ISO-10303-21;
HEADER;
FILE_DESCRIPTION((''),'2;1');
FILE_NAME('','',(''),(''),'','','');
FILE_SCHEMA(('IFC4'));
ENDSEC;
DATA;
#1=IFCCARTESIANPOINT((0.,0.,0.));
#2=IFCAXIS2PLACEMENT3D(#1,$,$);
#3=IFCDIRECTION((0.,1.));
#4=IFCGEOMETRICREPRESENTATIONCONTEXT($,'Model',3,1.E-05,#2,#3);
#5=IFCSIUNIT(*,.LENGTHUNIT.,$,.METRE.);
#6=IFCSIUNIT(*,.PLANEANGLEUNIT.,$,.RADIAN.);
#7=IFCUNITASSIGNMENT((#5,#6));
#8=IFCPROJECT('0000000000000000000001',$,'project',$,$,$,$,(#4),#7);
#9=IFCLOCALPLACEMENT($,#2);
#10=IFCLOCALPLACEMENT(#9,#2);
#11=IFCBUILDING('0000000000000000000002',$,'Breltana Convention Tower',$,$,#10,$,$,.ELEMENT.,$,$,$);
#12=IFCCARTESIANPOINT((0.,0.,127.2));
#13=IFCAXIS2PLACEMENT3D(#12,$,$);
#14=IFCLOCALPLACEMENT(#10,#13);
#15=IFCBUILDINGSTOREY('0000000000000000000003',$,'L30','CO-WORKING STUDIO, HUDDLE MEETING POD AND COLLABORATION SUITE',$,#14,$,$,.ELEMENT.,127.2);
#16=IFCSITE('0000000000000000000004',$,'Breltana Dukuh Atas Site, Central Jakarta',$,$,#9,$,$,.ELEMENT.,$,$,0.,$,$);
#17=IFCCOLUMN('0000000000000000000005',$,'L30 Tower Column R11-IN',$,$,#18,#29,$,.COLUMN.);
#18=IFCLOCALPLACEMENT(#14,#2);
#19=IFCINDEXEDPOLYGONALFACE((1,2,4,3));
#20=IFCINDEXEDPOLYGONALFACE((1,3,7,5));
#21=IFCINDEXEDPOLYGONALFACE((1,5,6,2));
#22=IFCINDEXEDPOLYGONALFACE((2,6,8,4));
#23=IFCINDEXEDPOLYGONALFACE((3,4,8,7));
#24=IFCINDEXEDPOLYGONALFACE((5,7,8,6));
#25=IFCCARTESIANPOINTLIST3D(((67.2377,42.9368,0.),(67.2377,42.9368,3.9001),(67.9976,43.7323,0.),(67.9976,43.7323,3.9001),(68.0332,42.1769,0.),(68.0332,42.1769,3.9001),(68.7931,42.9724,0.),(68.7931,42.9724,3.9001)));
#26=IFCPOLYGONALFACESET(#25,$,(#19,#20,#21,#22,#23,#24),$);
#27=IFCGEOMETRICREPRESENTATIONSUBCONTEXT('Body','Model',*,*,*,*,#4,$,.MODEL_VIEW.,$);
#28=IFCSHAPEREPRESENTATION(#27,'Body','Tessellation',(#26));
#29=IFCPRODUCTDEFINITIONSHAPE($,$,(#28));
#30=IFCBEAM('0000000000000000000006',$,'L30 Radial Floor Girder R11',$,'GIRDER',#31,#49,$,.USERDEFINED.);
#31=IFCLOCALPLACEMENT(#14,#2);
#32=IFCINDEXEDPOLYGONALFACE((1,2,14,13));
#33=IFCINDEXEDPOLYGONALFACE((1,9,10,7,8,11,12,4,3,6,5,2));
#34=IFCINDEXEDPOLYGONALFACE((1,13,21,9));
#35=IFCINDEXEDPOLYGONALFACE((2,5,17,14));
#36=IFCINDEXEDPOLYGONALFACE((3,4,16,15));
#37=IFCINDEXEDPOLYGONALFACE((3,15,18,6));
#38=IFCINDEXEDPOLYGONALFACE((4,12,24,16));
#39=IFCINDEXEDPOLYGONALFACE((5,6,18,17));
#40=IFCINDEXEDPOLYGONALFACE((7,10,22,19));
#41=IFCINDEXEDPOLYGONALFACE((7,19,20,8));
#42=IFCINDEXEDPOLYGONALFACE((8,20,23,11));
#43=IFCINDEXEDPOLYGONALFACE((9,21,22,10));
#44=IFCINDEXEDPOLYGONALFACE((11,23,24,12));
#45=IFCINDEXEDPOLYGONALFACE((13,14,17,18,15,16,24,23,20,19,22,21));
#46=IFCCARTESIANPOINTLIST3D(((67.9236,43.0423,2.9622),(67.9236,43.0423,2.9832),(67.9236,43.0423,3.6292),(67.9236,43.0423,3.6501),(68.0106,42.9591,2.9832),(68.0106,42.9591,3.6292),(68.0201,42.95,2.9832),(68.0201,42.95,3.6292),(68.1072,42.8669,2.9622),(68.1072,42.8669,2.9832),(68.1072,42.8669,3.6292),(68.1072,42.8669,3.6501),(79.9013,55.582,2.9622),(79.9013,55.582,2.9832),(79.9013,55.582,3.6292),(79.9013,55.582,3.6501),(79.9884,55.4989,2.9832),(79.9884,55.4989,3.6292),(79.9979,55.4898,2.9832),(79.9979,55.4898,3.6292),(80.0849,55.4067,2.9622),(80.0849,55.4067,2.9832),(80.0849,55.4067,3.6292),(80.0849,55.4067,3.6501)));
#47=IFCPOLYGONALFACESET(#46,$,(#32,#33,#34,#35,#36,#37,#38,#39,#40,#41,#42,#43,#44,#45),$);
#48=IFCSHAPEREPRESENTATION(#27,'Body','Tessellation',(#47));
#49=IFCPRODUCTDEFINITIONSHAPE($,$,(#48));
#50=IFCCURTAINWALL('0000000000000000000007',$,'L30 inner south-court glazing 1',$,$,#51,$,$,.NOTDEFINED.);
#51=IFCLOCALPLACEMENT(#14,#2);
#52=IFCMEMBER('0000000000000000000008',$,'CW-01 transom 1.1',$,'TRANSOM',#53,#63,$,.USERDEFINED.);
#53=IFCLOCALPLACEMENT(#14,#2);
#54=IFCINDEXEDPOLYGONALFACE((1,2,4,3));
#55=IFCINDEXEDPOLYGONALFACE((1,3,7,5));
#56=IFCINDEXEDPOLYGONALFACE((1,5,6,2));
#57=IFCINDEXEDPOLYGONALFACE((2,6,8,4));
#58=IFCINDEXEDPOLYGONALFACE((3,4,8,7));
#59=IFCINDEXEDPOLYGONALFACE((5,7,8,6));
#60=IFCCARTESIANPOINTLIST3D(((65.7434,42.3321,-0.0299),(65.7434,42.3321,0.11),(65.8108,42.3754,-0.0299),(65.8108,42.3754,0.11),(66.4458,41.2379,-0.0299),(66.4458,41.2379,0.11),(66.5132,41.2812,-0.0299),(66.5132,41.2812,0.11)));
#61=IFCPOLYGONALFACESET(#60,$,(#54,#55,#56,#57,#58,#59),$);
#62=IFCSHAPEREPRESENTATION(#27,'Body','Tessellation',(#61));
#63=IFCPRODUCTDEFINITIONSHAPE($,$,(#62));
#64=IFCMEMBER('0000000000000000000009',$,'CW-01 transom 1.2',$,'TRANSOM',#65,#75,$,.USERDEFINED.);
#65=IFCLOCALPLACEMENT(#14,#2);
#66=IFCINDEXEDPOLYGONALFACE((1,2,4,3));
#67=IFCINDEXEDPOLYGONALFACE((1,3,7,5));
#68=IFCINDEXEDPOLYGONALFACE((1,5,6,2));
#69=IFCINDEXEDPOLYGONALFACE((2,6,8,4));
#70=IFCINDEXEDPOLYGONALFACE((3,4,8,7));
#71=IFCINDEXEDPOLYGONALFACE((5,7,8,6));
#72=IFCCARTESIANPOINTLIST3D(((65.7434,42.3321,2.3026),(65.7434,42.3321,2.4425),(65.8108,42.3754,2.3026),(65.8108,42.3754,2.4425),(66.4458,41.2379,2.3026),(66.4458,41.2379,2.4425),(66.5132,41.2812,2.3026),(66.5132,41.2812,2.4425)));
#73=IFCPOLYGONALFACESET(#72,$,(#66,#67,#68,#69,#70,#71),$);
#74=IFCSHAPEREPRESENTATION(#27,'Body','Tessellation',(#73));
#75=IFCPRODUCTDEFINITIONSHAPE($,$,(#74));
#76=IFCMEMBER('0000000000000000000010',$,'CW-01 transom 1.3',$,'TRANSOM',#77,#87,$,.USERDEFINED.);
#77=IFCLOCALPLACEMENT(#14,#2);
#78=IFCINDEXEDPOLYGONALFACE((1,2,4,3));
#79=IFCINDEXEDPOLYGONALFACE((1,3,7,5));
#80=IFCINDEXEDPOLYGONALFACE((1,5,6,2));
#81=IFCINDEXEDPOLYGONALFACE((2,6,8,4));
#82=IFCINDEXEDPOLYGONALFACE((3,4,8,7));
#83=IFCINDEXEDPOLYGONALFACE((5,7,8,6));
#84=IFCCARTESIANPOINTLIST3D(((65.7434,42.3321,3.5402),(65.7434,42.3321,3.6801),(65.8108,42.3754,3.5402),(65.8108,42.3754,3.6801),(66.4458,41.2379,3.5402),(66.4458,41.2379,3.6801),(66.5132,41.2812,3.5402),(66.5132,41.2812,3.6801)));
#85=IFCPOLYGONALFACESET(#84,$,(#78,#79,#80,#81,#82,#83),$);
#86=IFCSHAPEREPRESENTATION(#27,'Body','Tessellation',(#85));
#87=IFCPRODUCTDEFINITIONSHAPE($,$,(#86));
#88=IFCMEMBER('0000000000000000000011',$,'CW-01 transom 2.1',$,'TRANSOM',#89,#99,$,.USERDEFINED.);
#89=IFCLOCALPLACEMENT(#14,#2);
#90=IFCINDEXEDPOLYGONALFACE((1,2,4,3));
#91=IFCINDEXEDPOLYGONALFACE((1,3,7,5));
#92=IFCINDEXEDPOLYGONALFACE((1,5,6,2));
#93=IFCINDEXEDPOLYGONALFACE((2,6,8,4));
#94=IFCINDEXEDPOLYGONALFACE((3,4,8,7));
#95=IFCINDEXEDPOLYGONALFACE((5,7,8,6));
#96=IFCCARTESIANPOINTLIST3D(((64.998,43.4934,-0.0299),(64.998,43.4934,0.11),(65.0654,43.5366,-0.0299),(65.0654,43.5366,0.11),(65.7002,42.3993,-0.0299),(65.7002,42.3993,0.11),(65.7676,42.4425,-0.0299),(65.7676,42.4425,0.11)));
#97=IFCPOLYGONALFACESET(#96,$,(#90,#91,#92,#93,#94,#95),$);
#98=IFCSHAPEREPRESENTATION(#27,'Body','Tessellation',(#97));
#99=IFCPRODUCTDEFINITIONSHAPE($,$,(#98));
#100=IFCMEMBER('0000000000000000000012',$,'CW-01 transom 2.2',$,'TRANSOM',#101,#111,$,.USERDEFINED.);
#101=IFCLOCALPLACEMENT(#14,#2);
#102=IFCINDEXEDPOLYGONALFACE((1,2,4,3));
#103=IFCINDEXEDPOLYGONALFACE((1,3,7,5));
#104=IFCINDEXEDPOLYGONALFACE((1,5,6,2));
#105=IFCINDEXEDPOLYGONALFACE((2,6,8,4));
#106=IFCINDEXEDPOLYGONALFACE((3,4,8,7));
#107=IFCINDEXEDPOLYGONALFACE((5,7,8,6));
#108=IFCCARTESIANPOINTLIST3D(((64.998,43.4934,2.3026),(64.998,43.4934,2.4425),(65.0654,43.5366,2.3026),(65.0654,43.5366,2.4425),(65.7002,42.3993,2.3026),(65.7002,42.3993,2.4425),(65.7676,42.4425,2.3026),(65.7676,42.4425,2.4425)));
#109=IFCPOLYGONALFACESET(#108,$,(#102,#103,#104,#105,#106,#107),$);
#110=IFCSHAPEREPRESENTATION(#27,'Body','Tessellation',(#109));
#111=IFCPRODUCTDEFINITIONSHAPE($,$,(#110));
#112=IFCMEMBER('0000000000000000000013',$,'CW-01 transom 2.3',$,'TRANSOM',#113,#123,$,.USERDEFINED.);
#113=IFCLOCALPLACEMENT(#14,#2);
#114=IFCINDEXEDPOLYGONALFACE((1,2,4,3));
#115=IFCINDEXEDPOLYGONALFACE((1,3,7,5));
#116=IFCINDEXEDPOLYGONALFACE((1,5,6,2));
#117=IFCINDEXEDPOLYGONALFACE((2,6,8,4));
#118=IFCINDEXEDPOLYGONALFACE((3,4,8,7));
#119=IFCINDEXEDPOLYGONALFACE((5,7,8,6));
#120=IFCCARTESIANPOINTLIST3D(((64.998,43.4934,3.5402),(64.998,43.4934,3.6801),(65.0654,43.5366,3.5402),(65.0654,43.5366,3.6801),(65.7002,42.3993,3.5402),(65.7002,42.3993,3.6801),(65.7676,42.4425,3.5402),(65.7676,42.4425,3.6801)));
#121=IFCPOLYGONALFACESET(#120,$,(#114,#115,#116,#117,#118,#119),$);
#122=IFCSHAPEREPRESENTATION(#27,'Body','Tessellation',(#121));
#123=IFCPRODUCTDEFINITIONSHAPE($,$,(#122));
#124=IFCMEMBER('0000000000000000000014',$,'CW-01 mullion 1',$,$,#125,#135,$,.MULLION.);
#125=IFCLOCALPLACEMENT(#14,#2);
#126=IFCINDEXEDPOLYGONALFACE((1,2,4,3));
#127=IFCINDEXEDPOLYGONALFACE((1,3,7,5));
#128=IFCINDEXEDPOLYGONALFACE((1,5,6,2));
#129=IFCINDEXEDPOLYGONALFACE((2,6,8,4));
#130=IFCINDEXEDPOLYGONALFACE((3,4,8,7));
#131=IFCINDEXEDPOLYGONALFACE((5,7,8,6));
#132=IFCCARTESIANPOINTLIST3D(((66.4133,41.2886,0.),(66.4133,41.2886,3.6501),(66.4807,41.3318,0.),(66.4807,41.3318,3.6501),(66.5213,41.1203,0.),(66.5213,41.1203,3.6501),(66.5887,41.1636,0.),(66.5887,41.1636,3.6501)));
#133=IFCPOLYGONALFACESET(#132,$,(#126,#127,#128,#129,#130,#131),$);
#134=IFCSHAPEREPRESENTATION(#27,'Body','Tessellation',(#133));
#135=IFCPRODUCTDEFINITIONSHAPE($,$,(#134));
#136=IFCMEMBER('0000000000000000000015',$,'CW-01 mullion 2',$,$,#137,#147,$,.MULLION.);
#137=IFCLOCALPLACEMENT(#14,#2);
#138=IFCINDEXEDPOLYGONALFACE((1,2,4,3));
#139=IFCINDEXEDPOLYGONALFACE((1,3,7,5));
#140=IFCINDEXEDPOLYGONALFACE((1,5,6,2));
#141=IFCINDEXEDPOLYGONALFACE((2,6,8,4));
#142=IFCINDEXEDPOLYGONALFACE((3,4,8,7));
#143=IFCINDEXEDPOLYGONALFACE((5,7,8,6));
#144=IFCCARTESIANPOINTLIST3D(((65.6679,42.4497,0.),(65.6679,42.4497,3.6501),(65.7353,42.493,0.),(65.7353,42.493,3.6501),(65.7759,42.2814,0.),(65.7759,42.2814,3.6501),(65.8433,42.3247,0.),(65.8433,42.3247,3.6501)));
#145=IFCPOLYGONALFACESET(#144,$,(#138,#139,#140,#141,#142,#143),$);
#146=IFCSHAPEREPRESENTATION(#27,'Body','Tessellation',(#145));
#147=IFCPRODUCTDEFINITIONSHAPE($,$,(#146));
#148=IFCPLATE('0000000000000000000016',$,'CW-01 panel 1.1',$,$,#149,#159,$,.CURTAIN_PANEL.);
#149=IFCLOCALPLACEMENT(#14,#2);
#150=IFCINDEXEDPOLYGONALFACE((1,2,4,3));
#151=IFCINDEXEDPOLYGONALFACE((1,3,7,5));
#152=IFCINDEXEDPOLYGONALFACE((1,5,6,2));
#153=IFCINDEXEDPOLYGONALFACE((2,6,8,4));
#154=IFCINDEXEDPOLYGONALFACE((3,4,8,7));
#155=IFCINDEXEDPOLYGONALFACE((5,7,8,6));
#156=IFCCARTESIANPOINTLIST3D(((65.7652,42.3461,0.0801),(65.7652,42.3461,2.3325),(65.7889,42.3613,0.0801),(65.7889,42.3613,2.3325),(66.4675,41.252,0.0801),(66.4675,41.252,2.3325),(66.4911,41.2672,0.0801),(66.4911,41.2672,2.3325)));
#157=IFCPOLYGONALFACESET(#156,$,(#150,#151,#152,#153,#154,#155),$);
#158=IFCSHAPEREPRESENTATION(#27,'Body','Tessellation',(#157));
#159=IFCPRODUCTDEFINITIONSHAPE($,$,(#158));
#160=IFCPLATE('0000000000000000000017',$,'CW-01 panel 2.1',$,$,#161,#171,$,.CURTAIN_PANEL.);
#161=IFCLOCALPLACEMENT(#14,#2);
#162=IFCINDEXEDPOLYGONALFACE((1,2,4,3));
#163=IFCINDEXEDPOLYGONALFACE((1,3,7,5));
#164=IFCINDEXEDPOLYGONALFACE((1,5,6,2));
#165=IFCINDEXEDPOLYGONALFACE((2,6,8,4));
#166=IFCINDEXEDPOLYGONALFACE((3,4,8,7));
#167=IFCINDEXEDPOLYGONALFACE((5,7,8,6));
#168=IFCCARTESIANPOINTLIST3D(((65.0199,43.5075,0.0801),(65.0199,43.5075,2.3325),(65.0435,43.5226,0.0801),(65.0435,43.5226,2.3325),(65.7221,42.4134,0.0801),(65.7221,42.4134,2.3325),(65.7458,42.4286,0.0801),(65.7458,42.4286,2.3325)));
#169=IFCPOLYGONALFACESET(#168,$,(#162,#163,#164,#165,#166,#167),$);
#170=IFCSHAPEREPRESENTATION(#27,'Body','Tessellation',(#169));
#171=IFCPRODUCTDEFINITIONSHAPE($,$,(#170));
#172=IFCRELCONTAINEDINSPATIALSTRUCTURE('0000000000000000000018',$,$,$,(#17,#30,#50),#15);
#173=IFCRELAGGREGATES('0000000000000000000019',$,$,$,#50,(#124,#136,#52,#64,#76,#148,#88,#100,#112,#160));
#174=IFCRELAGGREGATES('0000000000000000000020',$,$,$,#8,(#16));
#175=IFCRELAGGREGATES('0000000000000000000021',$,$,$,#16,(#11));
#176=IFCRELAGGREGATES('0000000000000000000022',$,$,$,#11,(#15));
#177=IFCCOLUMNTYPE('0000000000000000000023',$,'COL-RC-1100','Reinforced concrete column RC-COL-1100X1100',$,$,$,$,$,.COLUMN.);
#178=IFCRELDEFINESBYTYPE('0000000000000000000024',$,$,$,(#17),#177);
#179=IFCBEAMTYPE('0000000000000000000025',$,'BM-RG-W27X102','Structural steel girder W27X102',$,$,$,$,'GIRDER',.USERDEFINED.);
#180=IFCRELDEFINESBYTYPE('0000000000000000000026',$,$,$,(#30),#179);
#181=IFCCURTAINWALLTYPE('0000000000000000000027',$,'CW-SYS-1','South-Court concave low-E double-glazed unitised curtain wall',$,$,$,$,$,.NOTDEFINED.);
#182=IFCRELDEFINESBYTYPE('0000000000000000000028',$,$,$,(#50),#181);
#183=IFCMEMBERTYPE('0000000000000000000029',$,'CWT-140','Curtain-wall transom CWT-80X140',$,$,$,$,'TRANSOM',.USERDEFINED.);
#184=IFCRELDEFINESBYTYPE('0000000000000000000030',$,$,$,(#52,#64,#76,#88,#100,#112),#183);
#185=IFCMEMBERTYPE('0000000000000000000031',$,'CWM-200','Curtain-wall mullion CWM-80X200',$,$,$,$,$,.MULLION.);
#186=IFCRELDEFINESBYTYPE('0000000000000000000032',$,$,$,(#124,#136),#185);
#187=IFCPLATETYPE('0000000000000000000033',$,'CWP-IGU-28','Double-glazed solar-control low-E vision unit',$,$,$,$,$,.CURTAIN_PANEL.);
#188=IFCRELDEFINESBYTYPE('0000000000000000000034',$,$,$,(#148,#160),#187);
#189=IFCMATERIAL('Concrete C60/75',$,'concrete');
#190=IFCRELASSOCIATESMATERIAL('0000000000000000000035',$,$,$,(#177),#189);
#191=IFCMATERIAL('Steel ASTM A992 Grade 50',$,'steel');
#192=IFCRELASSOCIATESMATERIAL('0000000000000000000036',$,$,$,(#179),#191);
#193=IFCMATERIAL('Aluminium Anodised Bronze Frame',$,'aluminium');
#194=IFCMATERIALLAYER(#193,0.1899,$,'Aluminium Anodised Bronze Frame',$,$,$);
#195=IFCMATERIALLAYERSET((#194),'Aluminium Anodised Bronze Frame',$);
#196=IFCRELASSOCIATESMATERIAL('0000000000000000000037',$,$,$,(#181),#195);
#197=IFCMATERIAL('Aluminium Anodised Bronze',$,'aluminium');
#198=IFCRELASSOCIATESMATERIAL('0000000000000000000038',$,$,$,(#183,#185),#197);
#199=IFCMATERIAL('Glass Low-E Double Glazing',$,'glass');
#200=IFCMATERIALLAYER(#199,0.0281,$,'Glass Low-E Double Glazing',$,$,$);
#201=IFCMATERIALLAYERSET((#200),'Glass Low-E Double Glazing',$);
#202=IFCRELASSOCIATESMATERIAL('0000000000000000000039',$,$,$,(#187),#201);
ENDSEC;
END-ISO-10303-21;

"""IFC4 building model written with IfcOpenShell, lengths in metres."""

from ifc_helpers import new_model, si_unit, direction, frame, origin, origin_2d, place, context, subcontext, project, spatial, rectangle, i_section, extrude, source, transform, mapped, material, layer, layer_set, material_profile, profile_set, type_object, type_shapes, element, aggregate, save


model = new_model("IFC4")

# Units and contexts
model_context = context("Model", 3, precision=1e-05, world=origin(), true_north=direction((0.0, 1.0)))
body_context = subcontext(model_context, "Body", "Model", "MODEL_VIEW")
ifc_project = project(units=[si_unit("LENGTHUNIT", "METRE"), si_unit("PLANEANGLEUNIT", "RADIAN")], contexts=[model_context])

# Site, building, storey
site_placement = place(None, origin())
site = spatial("IfcSite", under=ifc_project, at=site_placement, Name="Breltana Dukuh Atas Site, Central Jakarta", CompositionType="ELEMENT", RefElevation=0.0)
building_placement = place(site_placement, origin())
building = spatial("IfcBuilding", under=site, at=building_placement, Name="Breltana Convention Tower", CompositionType="ELEMENT")
storey_placement = place(building_placement, frame((0.0, 0.0, 127.2)))
storey = spatial("IfcBuildingStorey", under=building, at=storey_placement, Name="L30", Description="CO-WORKING STUDIO, HUDDLE MEETING POD AND COLLABORATION SUITE", CompositionType="ELEMENT", Elevation=127.2)

# Column
ifc_material_1 = material(Name="Concrete C60/75", Category="concrete")
ifc_material_profile_1 = material_profile(ifc_material_1, rectangle(XDim=1.1001, YDim=1.1001, at=origin_2d()), Name="RC-COL-1100X1100")
ifc_profile_set_1 = profile_set([ifc_material_profile_1], Name="Concrete C60/75")
column_type = type_object("IfcColumnType", Name="COL-RC-1100", Description="Reinforced concrete column RC-COL-1100X1100", PredefinedType="COLUMN", material=ifc_profile_set_1)
shared_shape_1 = source(origin(), body_context, "Body", "SweptSolid", [
    extrude(rectangle(XDim=1.1001, YDim=1.1001, at=origin_2d()), origin(), (0.0, 0.0, 1.0), 3.9001),
])
column_placement = place(storey_placement, frame((68.0154, 42.9546, 0.0), z_axis=(0.0, 0.0, 1.0), x_axis=(0.690756, 0.723088, 0.0)))
element("IfcColumn", 1, at=column_placement, inside=storey, type_object=column_type, Name="L30 Tower Column R11-IN", PredefinedType="COLUMN", context=body_context, shape_type="MappedRepresentation", body=[
    mapped(shared_shape_1, transform((0.0, 0.0, 0.0), scale=1.0)),
])

# Beam
ifc_material_2 = material(Name="Steel ASTM A992 Grade 50", Category="steel")
ifc_material_profile_2 = material_profile(ifc_material_2, i_section(OverallWidth=0.2539, OverallDepth=0.688, WebThickness=0.0132, FlangeThickness=0.021, at=origin_2d()), Name="W27X102")
ifc_profile_set_2 = profile_set([ifc_material_profile_2], Name="Steel ASTM A992 Grade 50")
beam_type = type_object("IfcBeamType", Name="BM-RG-W27X102", Description="Structural steel girder W27X102", ElementType="GIRDER", PredefinedType="USERDEFINED", material=ifc_profile_set_2)
shared_shape_2 = source(origin(), body_context, "Body", "SweptSolid", [
    extrude(i_section(OverallWidth=0.2539, OverallDepth=0.688, WebThickness=0.0132, FlangeThickness=0.021, at=origin_2d()), origin(), (0.0, 0.0, 1.0), 17.3411),
])
type_shapes(beam_type, [shared_shape_2])
beam_placement = place(storey_placement, frame((68.0154, 42.9546, 3.3062), z_axis=(0.690716, 0.723126, 0.0), x_axis=(-0.723126, 0.690716, 0.0)))
element("IfcBeam", 2, at=beam_placement, inside=storey, type_object=beam_type, Name="L30 Radial Floor Girder R11", ObjectType="GIRDER", PredefinedType="USERDEFINED", context=body_context, shape_type="MappedRepresentation", body=[
    mapped(shared_shape_2, transform((0.0, 0.0, 0.0), scale=1.0)),
])

# Curtain wall, members, plates
ifc_material_3 = material(Name="Aluminium Anodised Bronze Frame", Category="aluminium")
ifc_layer_1 = layer(ifc_material_3, 0.1899, Name="Aluminium Anodised Bronze Frame")
ifc_layer_set_1 = layer_set([ifc_layer_1], Name="Aluminium Anodised Bronze Frame")
curtain_wall_type = type_object("IfcCurtainWallType", Name="CW-SYS-1", Description="South-Court concave low-E double-glazed unitised curtain wall", PredefinedType="NOTDEFINED", material=ifc_layer_set_1)
curtain_wall_placement = place(storey_placement, origin())
curtain_wall = element("IfcCurtainWall", 3, at=curtain_wall_placement, inside=storey, type_object=curtain_wall_type, Name="L30 inner south-court glazing 1", PredefinedType="NOTDEFINED")
ifc_material_4 = material(Name="Aluminium Anodised Bronze", Category="aluminium")
ifc_material_profile_3 = material_profile(ifc_material_4, rectangle(XDim=0.0801, YDim=0.1399, at=origin_2d()), Name="CWT-80X140")
ifc_profile_set_3 = profile_set([ifc_material_profile_3], Name="Aluminium Anodised Bronze")
member_type_1 = type_object("IfcMemberType", Name="CWT-140", Description="Curtain-wall transom CWT-80X140", ElementType="TRANSOM", PredefinedType="USERDEFINED", material=ifc_profile_set_3)
shared_shape_3 = source(origin(), body_context, "Body", "SweptSolid", [
    extrude(rectangle(XDim=0.0801, YDim=0.1399, at=origin_2d()), origin(), (0.0, 0.0, 1.0), 1.3003),
])
member_1_placement = place(storey_placement, frame((66.4795, 41.2595, 0.04), z_axis=(-0.540188, 0.841544, 0.0), x_axis=(-0.841544, -0.540188, 0.0)))
member_1 = element("IfcMember", 4, at=member_1_placement, type_object=member_type_1, Name="CW-01 transom 1.1", ObjectType="TRANSOM", PredefinedType="USERDEFINED", context=body_context, shape_type="MappedRepresentation", body=[
    mapped(shared_shape_3, transform((0.0, 0.0, 0.0), scale=1.0)),
])
member_2_placement = place(storey_placement, frame((66.4795, 41.2595, 2.3726), z_axis=(-0.540188, 0.841544, 0.0), x_axis=(-0.841544, -0.540188, 0.0)))
member_2 = element("IfcMember", 5, at=member_2_placement, type_object=member_type_1, Name="CW-01 transom 1.2", ObjectType="TRANSOM", PredefinedType="USERDEFINED", context=body_context, shape_type="MappedRepresentation", body=[
    mapped(shared_shape_3, transform((0.0, 0.0, 0.0), scale=1.0)),
])
member_3_placement = place(storey_placement, frame((66.4795, 41.2595, 3.6101), z_axis=(-0.540188, 0.841544, 0.0), x_axis=(-0.841544, -0.540188, 0.0)))
member_3 = element("IfcMember", 6, at=member_3_placement, type_object=member_type_1, Name="CW-01 transom 1.3", ObjectType="TRANSOM", PredefinedType="USERDEFINED", context=body_context, shape_type="MappedRepresentation", body=[
    mapped(shared_shape_3, transform((0.0, 0.0, 0.0), scale=1.0)),
])
shared_shape_4 = source(origin(), body_context, "Body", "SweptSolid", [
    extrude(rectangle(XDim=0.0801, YDim=0.1399, at=origin_2d()), origin(), (0.0, 0.0, 1.0), 1.3),
])
member_4_placement = place(storey_placement, frame((65.7339, 42.4209, 0.04), z_axis=(-0.54014, 0.841575, 0.0), x_axis=(-0.841575, -0.54014, 0.0)))
member_4 = element("IfcMember", 7, at=member_4_placement, type_object=member_type_1, Name="CW-01 transom 2.1", ObjectType="TRANSOM", PredefinedType="USERDEFINED", context=body_context, shape_type="MappedRepresentation", body=[
    mapped(shared_shape_4, transform((0.0, 0.0, 0.0), scale=1.0)),
])
member_5_placement = place(storey_placement, frame((65.7339, 42.4209, 2.3726), z_axis=(-0.54014, 0.841575, 0.0), x_axis=(-0.841575, -0.54014, 0.0)))
member_5 = element("IfcMember", 8, at=member_5_placement, type_object=member_type_1, Name="CW-01 transom 2.2", ObjectType="TRANSOM", PredefinedType="USERDEFINED", context=body_context, shape_type="MappedRepresentation", body=[
    mapped(shared_shape_4, transform((0.0, 0.0, 0.0), scale=1.0)),
])
member_6_placement = place(storey_placement, frame((65.7339, 42.4209, 3.6101), z_axis=(-0.54014, 0.841575, 0.0), x_axis=(-0.841575, -0.54014, 0.0)))
member_6 = element("IfcMember", 9, at=member_6_placement, type_object=member_type_1, Name="CW-01 transom 2.3", ObjectType="TRANSOM", PredefinedType="USERDEFINED", context=body_context, shape_type="MappedRepresentation", body=[
    mapped(shared_shape_4, transform((0.0, 0.0, 0.0), scale=1.0)),
])
ifc_material_profile_4 = material_profile(ifc_material_4, rectangle(XDim=0.0801, YDim=0.2, at=origin_2d()), Name="CWM-80X200")
ifc_profile_set_4 = profile_set([ifc_material_profile_4], Name="Aluminium Anodised Bronze")
member_type_2 = type_object("IfcMemberType", Name="CWM-200", Description="Curtain-wall mullion CWM-80X200", PredefinedType="MULLION", material=ifc_profile_set_4)
shared_shape_5 = source(origin(), body_context, "Body", "SweptSolid", [
    extrude(rectangle(XDim=0.0801, YDim=0.2, at=origin_2d()), origin(), (0.0, 0.0, 1.0), 3.6501),
])
member_7_placement = place(storey_placement, frame((66.501, 41.2261, 0.0), z_axis=(0.0, 0.0, 1.0), x_axis=(-0.841551, -0.540177, 0.0)))
member_7 = element("IfcMember", 10, at=member_7_placement, type_object=member_type_2, Name="CW-01 mullion 1", PredefinedType="MULLION", context=body_context, shape_type="MappedRepresentation", body=[
    mapped(shared_shape_5, transform((0.0, 0.0, 0.0), scale=1.0)),
])
member_8_placement = place(storey_placement, frame((65.7556, 42.3872, 0.0), z_axis=(0.0, 0.0, 1.0), x_axis=(-0.841551, -0.540177, 0.0)))
member_8 = element("IfcMember", 11, at=member_8_placement, type_object=member_type_2, Name="CW-01 mullion 2", PredefinedType="MULLION", context=body_context, shape_type="MappedRepresentation", body=[
    mapped(shared_shape_5, transform((0.0, 0.0, 0.0), scale=1.0)),
])
ifc_material_5 = material(Name="Glass Low-E Double Glazing", Category="glass")
ifc_layer_2 = layer(ifc_material_5, 0.0281, Name="Glass Low-E Double Glazing")
ifc_layer_set_2 = layer_set([ifc_layer_2], Name="Glass Low-E Double Glazing")
plate_type = type_object("IfcPlateType", Name="CWP-IGU-28", Description="Double-glazed solar-control low-E vision unit", PredefinedType="CURTAIN_PANEL", material=ifc_layer_set_2)
shared_shape_6 = source(origin(), body_context, "Body", "SweptSolid", [
    extrude(rectangle(XDim=1.3, YDim=0.0281, at=origin_2d()), origin(), (0.0, 0.0, 1.0), 2.2524),
])
plate_1_placement = place(storey_placement, frame((66.1282, 41.8066, 0.0801), z_axis=(0.0, 0.0, 1.0), x_axis=(-0.540177, 0.841551, 0.0)))
plate_1 = element("IfcPlate", 12, at=plate_1_placement, type_object=plate_type, Name="CW-01 panel 1.1", PredefinedType="CURTAIN_PANEL", context=body_context, shape_type="MappedRepresentation", body=[
    mapped(shared_shape_6, transform((0.0, 0.0, 0.0), scale=1.0)),
])
plate_2_placement = place(storey_placement, frame((65.3828, 42.968, 0.0801), z_axis=(0.0, 0.0, 1.0), x_axis=(-0.540177, 0.841551, 0.0)))
plate_2 = element("IfcPlate", 13, at=plate_2_placement, type_object=plate_type, Name="CW-01 panel 2.1", PredefinedType="CURTAIN_PANEL", context=body_context, shape_type="MappedRepresentation", body=[
    mapped(shared_shape_6, transform((0.0, 0.0, 0.0), scale=1.0)),
])
aggregate(curtain_wall, [member_7, member_8, member_1, member_2, member_3, plate_1, member_4, member_5, member_6, plate_2])

save(model, "model.ifc")
